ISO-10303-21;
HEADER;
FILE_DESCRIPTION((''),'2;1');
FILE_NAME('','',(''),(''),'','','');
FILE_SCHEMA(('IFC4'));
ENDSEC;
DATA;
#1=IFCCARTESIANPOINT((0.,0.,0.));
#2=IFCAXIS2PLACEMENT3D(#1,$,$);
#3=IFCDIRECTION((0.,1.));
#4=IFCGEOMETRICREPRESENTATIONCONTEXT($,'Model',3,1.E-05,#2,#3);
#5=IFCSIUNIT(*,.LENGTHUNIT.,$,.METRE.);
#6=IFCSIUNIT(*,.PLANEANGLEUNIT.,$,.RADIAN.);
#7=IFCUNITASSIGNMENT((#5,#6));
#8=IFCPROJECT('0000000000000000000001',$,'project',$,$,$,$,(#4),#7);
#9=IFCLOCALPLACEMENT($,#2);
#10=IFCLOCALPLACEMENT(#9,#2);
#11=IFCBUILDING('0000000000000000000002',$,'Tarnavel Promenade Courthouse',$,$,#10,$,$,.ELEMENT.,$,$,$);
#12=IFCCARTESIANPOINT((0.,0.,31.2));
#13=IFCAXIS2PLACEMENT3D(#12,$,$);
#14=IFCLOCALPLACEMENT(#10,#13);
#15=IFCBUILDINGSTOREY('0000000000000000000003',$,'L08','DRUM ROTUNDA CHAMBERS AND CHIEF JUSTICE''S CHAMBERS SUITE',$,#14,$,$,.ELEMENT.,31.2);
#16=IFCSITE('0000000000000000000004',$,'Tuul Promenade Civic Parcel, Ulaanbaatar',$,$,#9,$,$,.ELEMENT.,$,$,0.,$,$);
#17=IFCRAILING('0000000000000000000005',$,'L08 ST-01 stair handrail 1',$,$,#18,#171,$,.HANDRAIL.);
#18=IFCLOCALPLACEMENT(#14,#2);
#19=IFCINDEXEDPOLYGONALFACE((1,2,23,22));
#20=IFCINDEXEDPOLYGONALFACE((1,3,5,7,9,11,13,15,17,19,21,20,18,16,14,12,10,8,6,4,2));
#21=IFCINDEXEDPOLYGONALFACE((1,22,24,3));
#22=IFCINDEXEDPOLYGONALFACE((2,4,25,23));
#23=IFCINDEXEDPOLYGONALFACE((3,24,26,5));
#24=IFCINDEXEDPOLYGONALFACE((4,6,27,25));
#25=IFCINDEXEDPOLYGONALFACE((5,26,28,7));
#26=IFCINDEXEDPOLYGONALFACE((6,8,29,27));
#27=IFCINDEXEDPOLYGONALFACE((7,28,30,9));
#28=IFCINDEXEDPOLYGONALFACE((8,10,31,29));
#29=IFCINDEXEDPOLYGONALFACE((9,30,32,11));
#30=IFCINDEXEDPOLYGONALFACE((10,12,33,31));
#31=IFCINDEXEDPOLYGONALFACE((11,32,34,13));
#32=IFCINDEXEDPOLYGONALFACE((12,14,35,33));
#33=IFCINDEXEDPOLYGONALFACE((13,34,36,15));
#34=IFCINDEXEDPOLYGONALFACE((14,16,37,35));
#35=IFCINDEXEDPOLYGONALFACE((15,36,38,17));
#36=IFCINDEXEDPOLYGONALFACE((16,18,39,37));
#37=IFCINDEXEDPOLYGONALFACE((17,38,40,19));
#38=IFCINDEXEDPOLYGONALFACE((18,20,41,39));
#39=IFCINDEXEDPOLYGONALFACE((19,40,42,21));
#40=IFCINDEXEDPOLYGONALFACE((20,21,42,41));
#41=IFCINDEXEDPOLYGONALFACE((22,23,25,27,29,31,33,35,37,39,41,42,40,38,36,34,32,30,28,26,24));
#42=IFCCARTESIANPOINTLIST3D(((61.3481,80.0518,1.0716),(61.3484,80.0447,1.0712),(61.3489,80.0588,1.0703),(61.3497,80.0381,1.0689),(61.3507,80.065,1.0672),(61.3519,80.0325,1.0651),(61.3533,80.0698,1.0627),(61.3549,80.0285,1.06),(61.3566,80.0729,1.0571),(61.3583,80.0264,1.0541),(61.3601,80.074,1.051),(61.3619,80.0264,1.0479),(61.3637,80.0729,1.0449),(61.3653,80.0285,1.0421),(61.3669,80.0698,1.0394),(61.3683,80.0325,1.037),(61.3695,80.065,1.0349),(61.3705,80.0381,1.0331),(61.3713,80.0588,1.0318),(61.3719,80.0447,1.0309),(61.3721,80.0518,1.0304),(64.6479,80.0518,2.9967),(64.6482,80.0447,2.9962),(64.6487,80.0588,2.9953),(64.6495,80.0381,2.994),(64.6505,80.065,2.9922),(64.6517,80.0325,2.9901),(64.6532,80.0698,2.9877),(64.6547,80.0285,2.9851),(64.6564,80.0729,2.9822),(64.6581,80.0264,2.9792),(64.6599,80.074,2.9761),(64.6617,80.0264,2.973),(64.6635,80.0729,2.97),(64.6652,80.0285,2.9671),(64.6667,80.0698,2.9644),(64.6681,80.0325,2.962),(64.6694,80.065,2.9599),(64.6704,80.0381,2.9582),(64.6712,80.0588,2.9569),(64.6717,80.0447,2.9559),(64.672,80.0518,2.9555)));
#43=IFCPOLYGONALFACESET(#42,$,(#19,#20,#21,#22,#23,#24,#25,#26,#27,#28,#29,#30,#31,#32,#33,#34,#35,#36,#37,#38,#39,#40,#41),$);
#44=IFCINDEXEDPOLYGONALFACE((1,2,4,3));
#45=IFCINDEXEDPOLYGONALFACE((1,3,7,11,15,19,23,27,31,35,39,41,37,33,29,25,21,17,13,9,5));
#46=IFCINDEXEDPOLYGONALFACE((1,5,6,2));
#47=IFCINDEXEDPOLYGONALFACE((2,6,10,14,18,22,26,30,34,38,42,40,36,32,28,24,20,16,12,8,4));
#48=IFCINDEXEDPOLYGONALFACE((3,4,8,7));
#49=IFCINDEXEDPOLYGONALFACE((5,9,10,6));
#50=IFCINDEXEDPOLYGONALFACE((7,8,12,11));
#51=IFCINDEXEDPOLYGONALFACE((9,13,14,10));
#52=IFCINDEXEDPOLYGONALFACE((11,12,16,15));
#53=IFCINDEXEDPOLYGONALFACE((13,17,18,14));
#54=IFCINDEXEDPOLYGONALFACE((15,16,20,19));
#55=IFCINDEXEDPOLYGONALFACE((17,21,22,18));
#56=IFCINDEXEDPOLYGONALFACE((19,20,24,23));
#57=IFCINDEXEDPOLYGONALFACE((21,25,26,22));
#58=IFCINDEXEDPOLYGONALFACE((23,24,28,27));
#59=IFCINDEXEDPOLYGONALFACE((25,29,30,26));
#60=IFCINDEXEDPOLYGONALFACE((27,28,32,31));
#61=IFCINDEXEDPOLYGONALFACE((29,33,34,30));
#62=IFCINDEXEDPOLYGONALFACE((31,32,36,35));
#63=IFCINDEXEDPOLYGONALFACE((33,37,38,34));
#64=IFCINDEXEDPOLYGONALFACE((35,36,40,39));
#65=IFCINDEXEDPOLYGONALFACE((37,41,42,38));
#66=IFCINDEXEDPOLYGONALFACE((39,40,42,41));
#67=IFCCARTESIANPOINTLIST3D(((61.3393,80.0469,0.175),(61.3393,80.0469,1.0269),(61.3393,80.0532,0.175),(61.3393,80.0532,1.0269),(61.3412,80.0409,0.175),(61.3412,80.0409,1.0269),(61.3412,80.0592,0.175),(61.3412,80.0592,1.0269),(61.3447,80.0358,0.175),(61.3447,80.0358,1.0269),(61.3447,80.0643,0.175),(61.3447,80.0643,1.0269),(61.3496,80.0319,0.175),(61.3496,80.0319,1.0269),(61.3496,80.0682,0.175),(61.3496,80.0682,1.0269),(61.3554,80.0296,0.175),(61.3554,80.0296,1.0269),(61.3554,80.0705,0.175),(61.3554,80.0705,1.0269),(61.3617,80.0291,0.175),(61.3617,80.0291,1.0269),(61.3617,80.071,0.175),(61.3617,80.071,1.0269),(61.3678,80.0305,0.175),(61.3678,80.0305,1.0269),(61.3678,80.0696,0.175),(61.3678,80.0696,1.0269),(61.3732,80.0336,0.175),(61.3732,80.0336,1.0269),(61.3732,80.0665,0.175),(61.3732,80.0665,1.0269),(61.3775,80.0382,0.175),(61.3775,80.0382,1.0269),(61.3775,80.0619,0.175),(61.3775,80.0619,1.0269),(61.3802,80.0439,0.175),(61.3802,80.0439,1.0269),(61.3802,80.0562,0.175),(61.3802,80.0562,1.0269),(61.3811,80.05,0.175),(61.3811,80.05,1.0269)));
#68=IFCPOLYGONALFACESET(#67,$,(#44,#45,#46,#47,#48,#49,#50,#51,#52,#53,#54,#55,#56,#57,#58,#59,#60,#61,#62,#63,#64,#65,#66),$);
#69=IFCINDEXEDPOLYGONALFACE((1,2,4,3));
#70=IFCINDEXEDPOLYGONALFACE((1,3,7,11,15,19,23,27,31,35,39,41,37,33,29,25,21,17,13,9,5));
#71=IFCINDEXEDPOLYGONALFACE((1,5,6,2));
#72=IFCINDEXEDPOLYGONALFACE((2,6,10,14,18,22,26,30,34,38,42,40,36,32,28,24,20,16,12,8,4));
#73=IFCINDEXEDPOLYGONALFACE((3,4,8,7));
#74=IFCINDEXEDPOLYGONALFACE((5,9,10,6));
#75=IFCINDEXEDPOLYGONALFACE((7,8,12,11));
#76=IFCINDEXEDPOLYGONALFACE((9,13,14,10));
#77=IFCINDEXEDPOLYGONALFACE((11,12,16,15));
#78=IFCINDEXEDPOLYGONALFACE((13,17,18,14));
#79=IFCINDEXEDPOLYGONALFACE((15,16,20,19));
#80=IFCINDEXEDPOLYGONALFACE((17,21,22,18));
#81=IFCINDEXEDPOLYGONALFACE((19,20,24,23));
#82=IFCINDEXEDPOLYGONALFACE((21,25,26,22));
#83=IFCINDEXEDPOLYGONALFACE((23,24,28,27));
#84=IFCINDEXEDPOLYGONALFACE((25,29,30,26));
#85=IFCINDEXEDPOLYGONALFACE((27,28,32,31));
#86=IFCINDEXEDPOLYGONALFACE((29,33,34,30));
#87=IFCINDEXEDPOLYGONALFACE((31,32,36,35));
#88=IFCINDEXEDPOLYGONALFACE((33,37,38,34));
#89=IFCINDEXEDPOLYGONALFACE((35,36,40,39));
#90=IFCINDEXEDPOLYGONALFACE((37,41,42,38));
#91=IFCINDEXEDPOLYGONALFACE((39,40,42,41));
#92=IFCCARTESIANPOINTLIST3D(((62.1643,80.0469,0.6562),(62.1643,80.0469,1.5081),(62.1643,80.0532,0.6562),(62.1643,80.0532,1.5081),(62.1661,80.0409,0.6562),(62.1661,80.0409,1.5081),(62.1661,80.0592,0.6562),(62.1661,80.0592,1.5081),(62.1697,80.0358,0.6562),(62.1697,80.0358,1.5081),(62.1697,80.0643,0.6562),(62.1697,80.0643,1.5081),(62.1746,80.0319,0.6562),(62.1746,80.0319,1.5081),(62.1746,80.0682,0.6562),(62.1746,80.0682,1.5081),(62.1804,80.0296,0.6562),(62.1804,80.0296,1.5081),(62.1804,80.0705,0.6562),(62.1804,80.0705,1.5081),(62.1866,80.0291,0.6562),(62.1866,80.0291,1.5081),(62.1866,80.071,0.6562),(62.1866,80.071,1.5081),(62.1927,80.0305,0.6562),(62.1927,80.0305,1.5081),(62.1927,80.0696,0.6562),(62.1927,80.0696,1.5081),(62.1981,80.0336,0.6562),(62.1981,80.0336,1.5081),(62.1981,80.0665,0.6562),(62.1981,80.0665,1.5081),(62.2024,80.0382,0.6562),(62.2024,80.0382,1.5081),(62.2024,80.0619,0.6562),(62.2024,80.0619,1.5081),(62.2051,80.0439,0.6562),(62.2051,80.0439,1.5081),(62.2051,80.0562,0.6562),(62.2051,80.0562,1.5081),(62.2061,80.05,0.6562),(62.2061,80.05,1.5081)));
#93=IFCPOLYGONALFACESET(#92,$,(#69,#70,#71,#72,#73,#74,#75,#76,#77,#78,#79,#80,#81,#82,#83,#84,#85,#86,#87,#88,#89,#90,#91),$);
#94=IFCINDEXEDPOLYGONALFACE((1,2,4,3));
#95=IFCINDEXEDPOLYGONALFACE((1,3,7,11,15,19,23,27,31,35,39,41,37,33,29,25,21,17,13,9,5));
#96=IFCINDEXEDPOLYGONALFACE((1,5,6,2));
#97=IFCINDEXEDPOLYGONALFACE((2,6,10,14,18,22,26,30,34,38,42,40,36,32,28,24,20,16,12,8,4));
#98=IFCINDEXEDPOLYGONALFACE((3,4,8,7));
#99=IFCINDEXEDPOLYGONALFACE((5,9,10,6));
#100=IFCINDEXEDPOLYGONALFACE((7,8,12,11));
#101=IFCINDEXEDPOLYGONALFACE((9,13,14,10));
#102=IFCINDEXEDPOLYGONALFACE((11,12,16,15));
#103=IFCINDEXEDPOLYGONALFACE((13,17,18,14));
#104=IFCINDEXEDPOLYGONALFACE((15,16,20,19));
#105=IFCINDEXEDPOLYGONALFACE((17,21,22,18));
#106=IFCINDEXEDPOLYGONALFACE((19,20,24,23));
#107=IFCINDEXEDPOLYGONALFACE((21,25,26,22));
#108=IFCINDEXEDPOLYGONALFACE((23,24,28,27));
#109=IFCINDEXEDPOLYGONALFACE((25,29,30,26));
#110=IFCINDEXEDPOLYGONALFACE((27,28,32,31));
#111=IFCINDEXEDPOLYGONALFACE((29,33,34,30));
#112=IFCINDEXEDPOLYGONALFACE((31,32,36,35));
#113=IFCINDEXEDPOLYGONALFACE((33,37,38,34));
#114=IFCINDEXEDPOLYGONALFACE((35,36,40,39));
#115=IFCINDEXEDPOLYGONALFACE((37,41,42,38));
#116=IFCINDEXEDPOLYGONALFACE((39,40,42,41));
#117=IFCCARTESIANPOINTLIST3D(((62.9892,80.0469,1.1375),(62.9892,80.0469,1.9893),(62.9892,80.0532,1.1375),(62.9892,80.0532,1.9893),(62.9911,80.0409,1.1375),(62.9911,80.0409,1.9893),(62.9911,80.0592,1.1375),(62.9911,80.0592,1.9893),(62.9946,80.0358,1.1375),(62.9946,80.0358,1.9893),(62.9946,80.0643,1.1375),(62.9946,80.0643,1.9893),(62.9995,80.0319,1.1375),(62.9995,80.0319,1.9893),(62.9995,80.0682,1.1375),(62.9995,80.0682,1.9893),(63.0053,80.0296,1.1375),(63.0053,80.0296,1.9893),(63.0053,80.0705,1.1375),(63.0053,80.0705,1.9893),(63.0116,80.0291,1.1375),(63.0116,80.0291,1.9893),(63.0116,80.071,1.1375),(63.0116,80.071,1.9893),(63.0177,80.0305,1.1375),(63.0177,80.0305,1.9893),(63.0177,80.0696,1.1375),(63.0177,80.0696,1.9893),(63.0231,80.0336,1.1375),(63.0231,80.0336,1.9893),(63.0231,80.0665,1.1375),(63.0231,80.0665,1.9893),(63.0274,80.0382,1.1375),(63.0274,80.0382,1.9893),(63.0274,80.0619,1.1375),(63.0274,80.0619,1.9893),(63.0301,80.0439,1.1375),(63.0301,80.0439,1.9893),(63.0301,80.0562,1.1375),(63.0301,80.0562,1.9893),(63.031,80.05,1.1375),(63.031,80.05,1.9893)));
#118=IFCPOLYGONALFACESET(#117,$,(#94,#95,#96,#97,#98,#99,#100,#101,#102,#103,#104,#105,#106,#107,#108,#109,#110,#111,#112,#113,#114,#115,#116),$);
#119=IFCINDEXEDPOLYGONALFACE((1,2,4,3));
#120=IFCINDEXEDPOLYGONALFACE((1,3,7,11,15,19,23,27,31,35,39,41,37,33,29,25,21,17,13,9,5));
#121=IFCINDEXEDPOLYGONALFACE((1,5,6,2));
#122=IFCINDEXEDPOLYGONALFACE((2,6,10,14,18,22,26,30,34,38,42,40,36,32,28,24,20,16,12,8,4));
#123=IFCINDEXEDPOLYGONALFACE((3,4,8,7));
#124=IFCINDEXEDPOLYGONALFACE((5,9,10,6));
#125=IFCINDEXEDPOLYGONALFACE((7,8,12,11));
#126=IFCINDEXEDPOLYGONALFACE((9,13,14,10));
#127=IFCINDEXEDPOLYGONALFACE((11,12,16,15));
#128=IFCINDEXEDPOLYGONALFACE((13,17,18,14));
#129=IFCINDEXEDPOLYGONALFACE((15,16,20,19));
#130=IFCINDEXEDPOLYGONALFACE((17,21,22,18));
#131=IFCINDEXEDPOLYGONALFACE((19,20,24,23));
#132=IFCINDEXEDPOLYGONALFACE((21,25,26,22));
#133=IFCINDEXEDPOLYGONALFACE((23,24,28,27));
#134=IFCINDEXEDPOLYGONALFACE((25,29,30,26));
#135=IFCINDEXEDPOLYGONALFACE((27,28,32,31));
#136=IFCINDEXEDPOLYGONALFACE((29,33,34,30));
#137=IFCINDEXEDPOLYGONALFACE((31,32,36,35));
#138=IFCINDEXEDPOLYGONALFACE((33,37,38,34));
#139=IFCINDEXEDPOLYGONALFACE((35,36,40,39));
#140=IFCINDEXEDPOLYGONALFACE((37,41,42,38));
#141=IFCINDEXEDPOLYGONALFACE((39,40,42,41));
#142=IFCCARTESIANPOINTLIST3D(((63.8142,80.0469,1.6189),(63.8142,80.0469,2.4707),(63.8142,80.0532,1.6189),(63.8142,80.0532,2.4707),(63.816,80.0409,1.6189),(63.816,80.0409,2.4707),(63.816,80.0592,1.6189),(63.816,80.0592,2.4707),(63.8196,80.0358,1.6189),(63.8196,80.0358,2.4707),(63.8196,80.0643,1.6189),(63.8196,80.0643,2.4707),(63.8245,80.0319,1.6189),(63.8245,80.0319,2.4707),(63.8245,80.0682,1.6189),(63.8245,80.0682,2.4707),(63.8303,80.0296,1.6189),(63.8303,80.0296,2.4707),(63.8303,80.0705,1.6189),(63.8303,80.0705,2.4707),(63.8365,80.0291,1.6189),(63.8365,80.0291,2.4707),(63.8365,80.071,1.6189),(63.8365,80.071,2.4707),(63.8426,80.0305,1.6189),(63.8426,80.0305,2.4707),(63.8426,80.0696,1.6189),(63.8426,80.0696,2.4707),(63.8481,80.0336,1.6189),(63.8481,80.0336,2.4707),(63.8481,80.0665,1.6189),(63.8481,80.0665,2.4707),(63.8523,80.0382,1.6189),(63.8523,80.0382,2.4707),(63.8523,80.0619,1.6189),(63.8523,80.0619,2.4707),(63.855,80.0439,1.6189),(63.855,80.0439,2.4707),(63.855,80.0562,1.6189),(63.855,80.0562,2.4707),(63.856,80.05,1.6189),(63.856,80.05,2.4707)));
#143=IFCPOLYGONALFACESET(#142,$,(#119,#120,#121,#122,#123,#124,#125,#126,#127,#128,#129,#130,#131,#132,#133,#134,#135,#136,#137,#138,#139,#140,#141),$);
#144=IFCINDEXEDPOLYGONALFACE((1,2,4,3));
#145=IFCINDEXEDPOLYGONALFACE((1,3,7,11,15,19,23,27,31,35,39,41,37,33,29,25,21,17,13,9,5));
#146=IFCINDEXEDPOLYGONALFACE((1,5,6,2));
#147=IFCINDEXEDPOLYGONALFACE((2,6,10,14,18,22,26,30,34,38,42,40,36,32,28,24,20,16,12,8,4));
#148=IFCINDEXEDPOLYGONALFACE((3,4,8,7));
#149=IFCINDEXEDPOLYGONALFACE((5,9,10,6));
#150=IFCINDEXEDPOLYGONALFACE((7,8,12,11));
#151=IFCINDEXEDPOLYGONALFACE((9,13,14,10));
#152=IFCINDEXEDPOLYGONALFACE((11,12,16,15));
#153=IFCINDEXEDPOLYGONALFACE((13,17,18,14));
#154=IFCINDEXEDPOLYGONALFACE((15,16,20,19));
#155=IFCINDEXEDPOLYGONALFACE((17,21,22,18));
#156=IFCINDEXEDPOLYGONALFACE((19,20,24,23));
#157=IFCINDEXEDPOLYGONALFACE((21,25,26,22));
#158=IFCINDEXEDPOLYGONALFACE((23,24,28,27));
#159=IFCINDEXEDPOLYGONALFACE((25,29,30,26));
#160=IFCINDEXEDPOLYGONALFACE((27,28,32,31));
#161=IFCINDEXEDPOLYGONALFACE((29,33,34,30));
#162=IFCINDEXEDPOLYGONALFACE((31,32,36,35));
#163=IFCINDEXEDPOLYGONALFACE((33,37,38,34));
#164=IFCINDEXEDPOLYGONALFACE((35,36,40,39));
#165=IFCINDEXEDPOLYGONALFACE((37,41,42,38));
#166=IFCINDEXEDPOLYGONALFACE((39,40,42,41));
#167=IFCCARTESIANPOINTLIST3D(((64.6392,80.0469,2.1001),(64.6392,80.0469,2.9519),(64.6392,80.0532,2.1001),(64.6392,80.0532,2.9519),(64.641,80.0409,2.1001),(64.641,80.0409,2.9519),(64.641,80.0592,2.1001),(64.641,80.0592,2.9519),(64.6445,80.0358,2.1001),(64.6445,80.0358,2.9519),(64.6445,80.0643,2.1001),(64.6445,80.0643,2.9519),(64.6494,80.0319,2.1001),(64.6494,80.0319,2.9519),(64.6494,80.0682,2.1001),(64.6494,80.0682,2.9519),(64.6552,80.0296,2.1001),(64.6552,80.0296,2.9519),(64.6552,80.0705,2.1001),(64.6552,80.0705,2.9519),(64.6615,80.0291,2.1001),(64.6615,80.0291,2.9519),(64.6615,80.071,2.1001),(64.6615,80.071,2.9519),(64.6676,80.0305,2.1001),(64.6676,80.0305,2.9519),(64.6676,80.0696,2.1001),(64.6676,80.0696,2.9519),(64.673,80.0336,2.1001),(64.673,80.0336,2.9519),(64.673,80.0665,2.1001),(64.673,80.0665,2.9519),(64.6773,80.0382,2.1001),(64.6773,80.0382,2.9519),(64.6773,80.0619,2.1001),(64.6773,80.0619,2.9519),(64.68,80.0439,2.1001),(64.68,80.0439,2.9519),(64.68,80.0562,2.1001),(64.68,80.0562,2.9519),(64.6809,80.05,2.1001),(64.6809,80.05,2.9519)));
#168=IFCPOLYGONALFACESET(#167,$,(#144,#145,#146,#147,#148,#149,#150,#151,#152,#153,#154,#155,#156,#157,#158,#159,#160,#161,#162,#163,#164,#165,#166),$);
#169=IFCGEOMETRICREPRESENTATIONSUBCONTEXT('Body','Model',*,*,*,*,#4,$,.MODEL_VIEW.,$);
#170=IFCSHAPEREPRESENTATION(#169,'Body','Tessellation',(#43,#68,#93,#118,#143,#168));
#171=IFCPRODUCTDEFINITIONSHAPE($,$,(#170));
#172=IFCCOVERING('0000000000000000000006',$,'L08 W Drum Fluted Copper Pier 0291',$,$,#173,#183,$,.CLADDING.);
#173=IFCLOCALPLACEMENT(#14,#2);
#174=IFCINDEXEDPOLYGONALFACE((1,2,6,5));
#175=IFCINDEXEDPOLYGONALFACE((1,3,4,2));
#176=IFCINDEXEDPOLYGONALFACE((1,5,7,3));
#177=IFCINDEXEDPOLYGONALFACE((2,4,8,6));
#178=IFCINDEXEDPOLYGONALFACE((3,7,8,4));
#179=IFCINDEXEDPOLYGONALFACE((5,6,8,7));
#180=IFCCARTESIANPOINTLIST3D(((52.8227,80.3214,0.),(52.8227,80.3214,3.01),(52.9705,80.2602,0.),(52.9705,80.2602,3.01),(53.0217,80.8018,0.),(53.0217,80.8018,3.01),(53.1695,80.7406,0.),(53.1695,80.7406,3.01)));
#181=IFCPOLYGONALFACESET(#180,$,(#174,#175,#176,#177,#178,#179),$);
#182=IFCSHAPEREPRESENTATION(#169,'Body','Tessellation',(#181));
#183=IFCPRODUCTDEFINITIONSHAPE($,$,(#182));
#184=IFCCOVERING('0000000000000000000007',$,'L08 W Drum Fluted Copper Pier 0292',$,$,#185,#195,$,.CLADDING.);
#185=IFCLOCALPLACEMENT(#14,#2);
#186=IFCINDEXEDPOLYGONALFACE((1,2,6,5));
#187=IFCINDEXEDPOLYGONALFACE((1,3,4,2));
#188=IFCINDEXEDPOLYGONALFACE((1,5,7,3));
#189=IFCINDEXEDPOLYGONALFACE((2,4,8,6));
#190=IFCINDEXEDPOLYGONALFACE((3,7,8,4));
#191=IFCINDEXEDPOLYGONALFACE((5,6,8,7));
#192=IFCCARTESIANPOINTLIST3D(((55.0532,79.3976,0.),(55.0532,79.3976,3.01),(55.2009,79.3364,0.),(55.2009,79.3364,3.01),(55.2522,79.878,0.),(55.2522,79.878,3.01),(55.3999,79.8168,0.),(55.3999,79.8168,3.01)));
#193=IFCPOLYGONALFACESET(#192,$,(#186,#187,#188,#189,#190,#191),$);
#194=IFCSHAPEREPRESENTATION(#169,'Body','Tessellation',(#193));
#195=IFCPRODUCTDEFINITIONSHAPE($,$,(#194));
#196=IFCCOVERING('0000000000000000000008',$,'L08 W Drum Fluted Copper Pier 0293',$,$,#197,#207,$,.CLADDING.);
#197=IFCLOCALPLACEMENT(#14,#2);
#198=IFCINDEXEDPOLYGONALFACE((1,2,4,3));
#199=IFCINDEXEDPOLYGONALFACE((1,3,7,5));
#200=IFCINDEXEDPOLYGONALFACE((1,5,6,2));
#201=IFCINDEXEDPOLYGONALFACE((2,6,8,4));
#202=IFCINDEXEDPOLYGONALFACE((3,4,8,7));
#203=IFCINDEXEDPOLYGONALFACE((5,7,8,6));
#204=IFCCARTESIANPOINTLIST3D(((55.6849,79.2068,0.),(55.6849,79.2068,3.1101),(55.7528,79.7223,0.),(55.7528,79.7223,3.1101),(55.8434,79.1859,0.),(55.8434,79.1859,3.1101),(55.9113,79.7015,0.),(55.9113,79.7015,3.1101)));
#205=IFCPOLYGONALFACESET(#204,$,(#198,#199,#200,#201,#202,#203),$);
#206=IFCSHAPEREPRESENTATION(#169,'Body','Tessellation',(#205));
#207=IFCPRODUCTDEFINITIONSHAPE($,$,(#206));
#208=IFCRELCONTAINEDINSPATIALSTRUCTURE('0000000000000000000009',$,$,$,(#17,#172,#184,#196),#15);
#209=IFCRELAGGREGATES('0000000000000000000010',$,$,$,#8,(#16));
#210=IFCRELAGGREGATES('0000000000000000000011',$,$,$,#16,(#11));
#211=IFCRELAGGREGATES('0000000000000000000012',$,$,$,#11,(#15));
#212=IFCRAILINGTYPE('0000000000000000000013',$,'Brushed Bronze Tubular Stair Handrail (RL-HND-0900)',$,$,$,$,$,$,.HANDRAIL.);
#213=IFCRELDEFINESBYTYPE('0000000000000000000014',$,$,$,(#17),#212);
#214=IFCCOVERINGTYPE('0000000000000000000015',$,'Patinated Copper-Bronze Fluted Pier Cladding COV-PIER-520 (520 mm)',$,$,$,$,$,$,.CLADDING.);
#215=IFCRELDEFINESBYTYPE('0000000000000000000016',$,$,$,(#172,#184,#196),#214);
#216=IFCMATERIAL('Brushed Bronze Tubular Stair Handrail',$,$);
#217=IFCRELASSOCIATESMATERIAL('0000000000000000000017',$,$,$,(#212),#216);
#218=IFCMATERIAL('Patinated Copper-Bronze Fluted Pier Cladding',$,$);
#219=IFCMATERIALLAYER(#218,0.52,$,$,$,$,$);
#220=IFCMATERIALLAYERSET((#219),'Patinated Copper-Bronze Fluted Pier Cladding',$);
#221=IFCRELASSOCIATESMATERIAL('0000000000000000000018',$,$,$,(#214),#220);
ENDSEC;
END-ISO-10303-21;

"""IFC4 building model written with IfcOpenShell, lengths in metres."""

from ifc_helpers import new_model, si_unit, direction, frame, origin, origin_2d, place, context, subcontext, project, spatial, rectangle, circle, extrude, material, layer, layer_set, type_object, element, save


model = new_model("IFC4")

# Units and contexts
model_context = context("Model", 3, precision=1e-05, world=origin(), true_north=direction((0.0, 1.0)))
body_context = subcontext(model_context, "Body", "Model", "MODEL_VIEW")
ifc_project = project(units=[si_unit("LENGTHUNIT", "METRE"), si_unit("PLANEANGLEUNIT", "RADIAN")], contexts=[model_context])

# Site, building, storey
site_placement = place(None, origin())
site = spatial("IfcSite", under=ifc_project, at=site_placement, Name="Tuul Promenade Civic Parcel, Ulaanbaatar", CompositionType="ELEMENT", RefElevation=0.0)
building_placement = place(site_placement, origin())
building = spatial("IfcBuilding", under=site, at=building_placement, Name="Tarnavel Promenade Courthouse", CompositionType="ELEMENT")
storey_placement = place(building_placement, frame((0.0, 0.0, 31.2)))
storey = spatial("IfcBuildingStorey", under=building, at=storey_placement, Name="L08", Description="DRUM ROTUNDA CHAMBERS AND CHIEF JUSTICE'S CHAMBERS SUITE", CompositionType="ELEMENT", Elevation=31.2)

# Railing
ifc_material_1 = material(Name="Brushed Bronze Tubular Stair Handrail")
railing_type = type_object("IfcRailingType", Name="Brushed Bronze Tubular Stair Handrail (RL-HND-0900)", PredefinedType="HANDRAIL", material=ifc_material_1)
railing_placement = place(storey_placement, frame((61.3601, 80.05, 0.175)))
element("IfcRailing", 1, at=railing_placement, inside=storey, type_object=railing_type, Name="L08 ST-01 stair handrail 1", PredefinedType="HANDRAIL", context=body_context, shape_type="SweptSolid", body=[
    extrude(circle(Radius=0.0239, at=origin_2d()), frame((0.0, 0.0, 0.876), z_axis=(0.86376, 0.0, 0.503903), x_axis=(0.0, 1.0, 0.0)), (0.0, 0.0, 1.0), 3.8203),
    extrude(circle(Radius=0.021, at=origin_2d()), origin(), (0.0, 0.0, 1.0), 0.8518),
    extrude(circle(Radius=0.021, at=origin_2d()), frame((0.825, 0.0, 0.4812)), (0.0, 0.0, 1.0), 0.8518),
    extrude(circle(Radius=0.021, at=origin_2d()), frame((1.6499, 0.0, 0.9624)), (0.0, 0.0, 1.0), 0.8518),
    extrude(circle(Radius=0.021, at=origin_2d()), frame((2.4749, 0.0, 1.4438)), (0.0, 0.0, 1.0), 0.8518),
    extrude(circle(Radius=0.021, at=origin_2d()), frame((3.2998, 0.0, 1.925)), (0.0, 0.0, 1.0), 0.8518),
])

# Coverings
ifc_material_2 = material(Name="Patinated Copper-Bronze Fluted Pier Cladding")
ifc_layer_1 = layer(ifc_material_2, 0.52)
ifc_layer_set_1 = layer_set([ifc_layer_1], Name="Patinated Copper-Bronze Fluted Pier Cladding")
covering_type = type_object("IfcCoveringType", Name="Patinated Copper-Bronze Fluted Pier Cladding COV-PIER-520 (520 mm)", PredefinedType="CLADDING", material=ifc_layer_set_1)
for number, where, z_axis, x_axis, name in (
    (2, (52.9961, 80.531, 0.0), (0.0, 0.0, 1.0), (0.92388, -0.382683, 0.0), "L08 W Drum Fluted Copper Pier 0291"),
    (3, (55.2266, 79.6072, 0.0), (0.0, 0.0, 1.0), (0.92388, -0.382683, 0.0), "L08 W Drum Fluted Copper Pier 0292"),
):
    element("IfcCovering", number, at=place(storey_placement, frame(where, z_axis=z_axis, x_axis=x_axis)), inside=storey, type_object=covering_type, Name=name, PredefinedType="CLADDING", context=body_context, shape_type="SweptSolid", body=[
        extrude(rectangle(XDim=0.1599, YDim=0.52, at=origin_2d()), origin(), (0.0, 0.0, 1.0), 3.01),
    ])
covering_placement = place(storey_placement, frame((55.7981, 79.4541, 0.0), z_axis=(0.0, 0.0, 1.0), x_axis=(0.991445, -0.130526, 0.0)))
element("IfcCovering", 4, at=covering_placement, inside=storey, type_object=covering_type, Name="L08 W Drum Fluted Copper Pier 0293", PredefinedType="CLADDING", context=body_context, shape_type="SweptSolid", body=[
    extrude(rectangle(XDim=0.1599, YDim=0.52, at=origin_2d()), origin(), (0.0, 0.0, 1.0), 3.1101),
])

save(model, "model.ifc")
